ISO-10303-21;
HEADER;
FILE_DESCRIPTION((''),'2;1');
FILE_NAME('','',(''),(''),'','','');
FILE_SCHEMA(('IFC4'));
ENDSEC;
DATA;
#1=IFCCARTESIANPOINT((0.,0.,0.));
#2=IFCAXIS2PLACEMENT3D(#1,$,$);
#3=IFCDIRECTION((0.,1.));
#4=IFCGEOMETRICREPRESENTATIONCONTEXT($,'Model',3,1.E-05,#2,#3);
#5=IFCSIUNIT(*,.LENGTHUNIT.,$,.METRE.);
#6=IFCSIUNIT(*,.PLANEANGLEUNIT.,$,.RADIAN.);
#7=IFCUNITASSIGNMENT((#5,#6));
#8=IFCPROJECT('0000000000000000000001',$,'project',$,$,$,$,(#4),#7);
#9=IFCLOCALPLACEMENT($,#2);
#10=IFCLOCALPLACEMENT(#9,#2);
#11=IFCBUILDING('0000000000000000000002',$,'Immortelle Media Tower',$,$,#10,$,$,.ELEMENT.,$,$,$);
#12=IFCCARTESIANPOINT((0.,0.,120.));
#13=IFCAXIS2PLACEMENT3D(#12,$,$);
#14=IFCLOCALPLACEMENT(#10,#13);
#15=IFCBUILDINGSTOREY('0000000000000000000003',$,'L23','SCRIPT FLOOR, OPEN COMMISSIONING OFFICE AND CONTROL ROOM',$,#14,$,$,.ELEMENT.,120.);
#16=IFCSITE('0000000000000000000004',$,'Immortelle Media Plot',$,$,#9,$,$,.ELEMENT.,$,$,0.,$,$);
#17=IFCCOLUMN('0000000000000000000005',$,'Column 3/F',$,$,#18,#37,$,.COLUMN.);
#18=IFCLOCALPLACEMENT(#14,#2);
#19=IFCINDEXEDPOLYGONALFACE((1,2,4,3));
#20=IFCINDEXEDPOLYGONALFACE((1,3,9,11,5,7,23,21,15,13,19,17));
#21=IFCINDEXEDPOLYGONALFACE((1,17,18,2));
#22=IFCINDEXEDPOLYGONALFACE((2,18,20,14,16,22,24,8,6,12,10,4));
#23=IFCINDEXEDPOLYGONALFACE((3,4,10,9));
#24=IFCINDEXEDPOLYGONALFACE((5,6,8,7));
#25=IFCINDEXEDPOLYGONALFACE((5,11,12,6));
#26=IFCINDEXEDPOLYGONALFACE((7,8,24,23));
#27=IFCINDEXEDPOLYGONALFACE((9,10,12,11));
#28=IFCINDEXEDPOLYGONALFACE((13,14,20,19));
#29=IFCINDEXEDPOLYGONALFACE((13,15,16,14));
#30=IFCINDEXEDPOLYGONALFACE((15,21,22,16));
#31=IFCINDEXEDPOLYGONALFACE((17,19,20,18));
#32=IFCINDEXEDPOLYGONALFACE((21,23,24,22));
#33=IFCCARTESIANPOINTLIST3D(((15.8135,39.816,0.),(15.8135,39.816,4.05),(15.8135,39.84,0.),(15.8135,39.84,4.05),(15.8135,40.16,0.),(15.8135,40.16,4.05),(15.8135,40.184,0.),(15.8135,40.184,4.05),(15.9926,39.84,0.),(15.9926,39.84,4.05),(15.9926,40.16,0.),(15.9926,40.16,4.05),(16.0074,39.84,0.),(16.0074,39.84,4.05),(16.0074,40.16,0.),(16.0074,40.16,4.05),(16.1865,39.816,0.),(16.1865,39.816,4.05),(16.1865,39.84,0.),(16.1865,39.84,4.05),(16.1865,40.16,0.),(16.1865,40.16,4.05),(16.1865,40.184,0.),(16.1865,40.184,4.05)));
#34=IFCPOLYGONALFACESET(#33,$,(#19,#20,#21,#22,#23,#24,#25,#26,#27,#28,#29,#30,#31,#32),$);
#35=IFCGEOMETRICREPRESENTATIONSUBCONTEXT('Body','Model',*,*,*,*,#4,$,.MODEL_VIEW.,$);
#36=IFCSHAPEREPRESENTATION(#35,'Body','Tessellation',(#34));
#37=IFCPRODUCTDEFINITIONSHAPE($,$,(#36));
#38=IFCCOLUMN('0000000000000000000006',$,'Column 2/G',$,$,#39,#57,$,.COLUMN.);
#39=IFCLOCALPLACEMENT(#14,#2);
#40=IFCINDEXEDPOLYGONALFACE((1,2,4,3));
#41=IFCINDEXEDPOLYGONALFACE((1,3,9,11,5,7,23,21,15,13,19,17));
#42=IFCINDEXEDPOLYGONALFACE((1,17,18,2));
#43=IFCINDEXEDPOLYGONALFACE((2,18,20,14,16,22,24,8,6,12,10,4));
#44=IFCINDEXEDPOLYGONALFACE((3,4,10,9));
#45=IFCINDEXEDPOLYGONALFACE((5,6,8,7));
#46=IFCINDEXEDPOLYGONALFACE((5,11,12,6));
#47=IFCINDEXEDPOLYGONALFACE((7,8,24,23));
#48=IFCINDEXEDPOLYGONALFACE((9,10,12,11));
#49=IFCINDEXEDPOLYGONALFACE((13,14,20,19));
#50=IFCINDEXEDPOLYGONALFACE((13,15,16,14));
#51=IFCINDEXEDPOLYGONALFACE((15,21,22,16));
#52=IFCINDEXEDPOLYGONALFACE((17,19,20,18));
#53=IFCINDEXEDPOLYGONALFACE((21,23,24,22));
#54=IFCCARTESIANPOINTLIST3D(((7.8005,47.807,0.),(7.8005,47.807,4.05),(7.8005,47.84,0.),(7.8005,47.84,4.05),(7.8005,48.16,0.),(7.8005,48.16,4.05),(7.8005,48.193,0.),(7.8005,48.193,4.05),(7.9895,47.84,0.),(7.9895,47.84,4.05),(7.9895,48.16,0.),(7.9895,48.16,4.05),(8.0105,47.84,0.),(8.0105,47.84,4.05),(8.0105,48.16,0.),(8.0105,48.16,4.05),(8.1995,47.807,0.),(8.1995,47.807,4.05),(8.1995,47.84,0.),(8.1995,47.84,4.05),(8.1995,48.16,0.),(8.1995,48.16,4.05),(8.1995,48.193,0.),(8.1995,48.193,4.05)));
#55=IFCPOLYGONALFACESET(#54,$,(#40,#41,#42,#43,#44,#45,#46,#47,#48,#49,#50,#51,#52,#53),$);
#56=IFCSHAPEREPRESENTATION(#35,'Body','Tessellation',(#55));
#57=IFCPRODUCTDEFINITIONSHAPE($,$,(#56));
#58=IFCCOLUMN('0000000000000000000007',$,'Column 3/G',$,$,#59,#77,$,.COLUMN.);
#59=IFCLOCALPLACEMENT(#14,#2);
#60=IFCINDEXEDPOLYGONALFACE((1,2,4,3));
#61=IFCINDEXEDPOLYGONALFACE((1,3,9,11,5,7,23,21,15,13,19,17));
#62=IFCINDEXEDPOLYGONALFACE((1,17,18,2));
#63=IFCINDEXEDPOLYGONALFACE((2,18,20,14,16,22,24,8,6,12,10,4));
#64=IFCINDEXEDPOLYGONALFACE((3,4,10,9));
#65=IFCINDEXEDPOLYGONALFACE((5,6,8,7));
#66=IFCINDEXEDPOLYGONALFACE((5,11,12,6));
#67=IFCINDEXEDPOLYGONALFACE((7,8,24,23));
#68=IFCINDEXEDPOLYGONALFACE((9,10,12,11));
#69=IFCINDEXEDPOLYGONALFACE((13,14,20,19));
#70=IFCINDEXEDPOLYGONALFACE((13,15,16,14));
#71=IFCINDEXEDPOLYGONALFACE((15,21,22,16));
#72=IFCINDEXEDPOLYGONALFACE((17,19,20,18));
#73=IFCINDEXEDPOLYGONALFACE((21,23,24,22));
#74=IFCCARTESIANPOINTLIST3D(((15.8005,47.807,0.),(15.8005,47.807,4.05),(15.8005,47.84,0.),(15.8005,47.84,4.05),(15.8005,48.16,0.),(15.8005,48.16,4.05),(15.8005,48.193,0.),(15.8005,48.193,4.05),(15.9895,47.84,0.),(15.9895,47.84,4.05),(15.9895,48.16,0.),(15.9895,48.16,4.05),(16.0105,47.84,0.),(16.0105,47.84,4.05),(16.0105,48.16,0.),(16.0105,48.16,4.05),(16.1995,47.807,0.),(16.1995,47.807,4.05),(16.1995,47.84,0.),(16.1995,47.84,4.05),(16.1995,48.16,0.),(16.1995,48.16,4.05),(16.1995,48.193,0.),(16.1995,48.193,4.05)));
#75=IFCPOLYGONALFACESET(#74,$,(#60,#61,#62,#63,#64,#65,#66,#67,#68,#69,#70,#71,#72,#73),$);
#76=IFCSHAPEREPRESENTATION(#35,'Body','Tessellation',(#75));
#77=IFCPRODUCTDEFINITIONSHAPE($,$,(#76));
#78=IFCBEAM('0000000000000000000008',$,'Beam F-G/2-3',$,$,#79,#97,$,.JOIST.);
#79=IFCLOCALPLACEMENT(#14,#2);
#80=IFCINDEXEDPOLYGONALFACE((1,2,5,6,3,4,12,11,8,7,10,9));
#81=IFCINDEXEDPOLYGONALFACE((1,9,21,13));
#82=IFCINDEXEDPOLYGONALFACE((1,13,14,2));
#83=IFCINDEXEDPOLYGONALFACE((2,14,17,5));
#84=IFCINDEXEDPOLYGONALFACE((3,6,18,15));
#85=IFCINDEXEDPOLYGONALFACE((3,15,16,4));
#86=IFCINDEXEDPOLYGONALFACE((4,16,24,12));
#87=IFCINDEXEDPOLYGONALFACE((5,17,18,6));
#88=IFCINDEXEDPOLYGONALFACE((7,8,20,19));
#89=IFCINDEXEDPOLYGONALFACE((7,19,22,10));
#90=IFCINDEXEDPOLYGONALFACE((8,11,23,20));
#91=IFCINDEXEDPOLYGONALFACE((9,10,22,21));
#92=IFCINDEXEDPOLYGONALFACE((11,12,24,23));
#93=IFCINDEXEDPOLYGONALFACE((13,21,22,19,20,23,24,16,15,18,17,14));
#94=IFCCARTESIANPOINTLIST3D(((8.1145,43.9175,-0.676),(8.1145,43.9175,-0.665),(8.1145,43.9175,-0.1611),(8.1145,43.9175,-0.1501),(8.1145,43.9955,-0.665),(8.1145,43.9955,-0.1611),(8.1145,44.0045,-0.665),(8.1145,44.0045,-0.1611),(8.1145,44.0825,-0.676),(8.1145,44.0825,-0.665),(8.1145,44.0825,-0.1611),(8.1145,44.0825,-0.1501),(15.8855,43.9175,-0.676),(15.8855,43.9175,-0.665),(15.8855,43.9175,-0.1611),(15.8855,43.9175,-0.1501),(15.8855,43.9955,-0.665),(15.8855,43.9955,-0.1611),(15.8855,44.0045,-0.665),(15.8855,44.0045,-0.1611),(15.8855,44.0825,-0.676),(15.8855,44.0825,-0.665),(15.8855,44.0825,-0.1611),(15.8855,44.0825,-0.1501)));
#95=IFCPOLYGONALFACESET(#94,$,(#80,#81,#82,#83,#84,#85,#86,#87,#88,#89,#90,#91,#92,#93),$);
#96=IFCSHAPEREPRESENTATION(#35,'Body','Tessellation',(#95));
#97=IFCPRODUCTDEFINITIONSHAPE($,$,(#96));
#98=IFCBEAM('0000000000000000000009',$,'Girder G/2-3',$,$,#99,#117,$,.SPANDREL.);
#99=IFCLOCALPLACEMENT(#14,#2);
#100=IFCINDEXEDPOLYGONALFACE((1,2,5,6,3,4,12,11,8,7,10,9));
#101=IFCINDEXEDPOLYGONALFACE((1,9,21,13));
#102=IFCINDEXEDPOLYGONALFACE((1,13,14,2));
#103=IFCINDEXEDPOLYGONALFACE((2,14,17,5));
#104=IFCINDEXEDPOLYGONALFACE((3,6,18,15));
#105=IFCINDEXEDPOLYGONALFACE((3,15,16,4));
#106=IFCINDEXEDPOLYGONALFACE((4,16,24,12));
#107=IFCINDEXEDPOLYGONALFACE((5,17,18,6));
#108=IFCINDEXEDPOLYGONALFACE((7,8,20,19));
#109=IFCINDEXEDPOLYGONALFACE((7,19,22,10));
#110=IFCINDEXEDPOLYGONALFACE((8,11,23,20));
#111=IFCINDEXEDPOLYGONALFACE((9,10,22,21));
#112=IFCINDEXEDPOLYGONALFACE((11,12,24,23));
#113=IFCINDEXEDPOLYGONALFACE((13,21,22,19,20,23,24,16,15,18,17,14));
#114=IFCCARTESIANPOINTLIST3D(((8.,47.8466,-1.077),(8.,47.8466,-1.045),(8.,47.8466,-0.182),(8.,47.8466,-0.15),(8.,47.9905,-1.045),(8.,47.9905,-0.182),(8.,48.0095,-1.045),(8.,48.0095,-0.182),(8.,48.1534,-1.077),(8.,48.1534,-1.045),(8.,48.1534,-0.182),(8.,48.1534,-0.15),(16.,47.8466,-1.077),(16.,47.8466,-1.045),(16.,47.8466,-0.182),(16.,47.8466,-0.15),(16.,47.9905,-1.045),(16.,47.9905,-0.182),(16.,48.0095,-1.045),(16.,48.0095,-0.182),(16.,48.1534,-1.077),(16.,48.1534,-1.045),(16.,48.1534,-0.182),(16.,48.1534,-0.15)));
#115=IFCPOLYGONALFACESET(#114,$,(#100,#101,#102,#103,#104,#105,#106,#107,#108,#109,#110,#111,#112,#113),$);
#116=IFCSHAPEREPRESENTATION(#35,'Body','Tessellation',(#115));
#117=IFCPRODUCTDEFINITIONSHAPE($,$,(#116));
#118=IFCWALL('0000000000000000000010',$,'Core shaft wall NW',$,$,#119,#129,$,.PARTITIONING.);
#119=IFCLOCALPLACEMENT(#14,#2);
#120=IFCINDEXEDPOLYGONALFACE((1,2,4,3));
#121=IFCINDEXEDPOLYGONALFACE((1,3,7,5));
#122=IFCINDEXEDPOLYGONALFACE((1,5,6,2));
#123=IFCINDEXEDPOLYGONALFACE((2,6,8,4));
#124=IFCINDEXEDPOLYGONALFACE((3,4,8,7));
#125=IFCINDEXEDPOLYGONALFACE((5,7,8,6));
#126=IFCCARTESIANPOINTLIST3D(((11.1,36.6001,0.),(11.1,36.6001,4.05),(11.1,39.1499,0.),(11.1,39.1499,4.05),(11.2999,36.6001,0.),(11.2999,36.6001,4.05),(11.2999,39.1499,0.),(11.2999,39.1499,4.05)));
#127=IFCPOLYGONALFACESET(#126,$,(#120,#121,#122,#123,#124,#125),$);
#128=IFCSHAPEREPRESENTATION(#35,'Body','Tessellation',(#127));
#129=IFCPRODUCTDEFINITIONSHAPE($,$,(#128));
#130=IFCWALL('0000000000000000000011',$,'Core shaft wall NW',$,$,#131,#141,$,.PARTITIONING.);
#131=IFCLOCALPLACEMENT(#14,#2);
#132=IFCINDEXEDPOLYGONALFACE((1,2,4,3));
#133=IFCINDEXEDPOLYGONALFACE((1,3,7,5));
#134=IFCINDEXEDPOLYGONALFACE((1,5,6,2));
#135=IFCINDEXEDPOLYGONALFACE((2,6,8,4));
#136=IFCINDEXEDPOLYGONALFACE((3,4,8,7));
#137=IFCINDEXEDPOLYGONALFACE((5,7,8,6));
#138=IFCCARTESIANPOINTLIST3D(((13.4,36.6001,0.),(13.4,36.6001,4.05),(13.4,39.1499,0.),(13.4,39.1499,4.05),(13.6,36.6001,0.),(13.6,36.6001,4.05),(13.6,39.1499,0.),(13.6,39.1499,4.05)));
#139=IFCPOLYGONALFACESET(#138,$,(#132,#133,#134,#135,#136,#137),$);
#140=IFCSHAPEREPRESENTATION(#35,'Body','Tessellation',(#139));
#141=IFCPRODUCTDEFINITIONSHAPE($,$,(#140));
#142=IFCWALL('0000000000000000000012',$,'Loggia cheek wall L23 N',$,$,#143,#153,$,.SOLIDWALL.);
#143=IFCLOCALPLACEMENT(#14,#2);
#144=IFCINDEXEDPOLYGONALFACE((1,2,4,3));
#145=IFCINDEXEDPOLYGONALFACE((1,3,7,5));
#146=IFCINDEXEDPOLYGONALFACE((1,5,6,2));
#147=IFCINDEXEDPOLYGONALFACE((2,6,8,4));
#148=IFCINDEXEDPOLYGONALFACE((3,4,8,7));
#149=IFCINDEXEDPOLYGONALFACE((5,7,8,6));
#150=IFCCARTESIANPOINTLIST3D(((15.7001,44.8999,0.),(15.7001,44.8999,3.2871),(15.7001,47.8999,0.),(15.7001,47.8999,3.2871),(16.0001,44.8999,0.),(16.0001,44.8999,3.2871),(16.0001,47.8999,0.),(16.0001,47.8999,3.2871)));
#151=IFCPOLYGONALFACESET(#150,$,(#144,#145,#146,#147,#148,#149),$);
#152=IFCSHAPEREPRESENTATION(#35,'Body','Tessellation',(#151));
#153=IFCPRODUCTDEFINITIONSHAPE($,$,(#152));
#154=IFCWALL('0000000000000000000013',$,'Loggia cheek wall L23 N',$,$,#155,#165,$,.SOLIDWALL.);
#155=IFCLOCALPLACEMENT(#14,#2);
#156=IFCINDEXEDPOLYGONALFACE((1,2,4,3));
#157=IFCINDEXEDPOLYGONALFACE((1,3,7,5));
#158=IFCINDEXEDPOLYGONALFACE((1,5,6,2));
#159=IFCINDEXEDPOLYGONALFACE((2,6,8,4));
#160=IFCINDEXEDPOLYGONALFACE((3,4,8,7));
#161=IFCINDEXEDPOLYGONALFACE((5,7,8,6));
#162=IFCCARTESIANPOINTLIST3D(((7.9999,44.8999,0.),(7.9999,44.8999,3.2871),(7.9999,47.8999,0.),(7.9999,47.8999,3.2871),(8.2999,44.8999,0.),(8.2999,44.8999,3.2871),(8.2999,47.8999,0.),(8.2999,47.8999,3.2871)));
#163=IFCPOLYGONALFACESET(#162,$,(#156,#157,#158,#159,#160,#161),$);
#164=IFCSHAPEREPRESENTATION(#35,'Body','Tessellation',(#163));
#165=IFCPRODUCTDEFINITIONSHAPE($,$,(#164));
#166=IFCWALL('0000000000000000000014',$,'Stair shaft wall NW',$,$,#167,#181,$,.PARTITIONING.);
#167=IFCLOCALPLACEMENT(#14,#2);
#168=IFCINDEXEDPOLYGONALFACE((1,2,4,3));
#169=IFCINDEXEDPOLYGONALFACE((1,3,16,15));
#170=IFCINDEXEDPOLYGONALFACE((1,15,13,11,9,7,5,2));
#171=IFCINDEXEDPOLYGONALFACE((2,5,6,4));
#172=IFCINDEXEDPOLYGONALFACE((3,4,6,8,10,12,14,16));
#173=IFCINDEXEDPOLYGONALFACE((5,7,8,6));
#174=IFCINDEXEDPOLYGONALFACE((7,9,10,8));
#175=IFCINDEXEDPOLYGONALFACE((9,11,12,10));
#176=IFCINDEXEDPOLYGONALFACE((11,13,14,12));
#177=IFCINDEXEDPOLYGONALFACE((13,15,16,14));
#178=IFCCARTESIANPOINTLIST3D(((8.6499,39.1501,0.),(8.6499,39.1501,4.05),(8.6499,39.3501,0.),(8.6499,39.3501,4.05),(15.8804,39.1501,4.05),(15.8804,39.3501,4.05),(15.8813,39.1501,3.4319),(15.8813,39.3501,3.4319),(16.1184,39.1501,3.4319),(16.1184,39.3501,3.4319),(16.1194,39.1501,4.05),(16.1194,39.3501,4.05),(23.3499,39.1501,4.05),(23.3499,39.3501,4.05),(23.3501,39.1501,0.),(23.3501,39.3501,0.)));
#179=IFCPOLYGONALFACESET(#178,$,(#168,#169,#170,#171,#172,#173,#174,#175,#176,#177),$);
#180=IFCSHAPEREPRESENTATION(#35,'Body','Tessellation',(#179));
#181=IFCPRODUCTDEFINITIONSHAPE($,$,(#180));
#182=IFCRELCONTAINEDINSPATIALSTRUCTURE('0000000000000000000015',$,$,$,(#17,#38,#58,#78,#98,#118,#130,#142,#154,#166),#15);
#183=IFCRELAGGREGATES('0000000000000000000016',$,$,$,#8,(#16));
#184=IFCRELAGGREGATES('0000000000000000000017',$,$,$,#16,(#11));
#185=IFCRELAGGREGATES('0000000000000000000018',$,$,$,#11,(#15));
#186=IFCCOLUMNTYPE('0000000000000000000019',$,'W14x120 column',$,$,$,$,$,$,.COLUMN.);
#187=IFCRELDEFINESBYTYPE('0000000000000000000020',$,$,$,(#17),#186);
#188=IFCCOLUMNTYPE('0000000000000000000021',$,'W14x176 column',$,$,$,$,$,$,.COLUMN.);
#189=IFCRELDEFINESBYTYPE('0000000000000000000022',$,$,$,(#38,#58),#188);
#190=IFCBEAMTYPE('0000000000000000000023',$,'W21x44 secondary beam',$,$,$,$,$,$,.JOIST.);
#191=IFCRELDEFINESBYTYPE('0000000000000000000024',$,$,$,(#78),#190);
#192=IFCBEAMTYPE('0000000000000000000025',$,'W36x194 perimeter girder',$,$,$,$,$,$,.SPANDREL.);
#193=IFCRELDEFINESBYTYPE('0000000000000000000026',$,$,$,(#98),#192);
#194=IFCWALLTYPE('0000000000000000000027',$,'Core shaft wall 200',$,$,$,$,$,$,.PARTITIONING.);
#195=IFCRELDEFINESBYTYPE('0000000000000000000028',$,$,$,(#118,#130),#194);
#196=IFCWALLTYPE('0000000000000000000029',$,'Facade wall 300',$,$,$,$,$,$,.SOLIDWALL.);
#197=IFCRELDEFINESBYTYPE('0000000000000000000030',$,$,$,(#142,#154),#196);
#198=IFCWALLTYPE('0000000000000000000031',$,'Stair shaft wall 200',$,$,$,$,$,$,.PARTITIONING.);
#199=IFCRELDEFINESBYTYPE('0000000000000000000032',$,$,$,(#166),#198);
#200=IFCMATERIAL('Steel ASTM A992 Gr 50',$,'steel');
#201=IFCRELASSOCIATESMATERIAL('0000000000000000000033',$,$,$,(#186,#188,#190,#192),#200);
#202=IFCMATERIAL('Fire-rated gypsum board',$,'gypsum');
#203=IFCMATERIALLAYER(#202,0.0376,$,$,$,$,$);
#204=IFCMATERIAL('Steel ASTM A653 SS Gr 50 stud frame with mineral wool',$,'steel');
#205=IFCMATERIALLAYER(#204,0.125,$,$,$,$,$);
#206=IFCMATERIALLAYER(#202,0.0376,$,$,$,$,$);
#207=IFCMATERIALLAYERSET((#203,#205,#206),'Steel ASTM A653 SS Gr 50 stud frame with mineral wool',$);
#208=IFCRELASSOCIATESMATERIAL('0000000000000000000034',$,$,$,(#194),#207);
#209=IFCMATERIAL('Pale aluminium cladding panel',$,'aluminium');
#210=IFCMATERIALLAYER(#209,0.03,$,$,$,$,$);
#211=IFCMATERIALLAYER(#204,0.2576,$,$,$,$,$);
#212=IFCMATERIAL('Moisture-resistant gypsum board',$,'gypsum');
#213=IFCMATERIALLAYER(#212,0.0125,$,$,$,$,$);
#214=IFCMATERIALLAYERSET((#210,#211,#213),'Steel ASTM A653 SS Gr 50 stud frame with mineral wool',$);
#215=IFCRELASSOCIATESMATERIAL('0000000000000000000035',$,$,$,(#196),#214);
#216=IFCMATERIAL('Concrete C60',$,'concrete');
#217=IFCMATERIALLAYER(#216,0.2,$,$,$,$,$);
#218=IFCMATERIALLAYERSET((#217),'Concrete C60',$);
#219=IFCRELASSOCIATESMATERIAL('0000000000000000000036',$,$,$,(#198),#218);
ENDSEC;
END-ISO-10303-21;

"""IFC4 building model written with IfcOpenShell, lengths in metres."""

from ifc_helpers import new_model, si_unit, direction, frame, frame_2d, origin, origin_2d, place, context, subcontext, project, spatial, polyline, rectangle, i_section, outline, extrude, material, layer, layer_set, material_profile, profile_set, type_object, element, save


model = new_model("IFC4")

# Units and contexts
model_context = context("Model", 3, precision=1e-05, world=origin(), true_north=direction((0.0, 1.0)))
body_context = subcontext(model_context, "Body", "Model", "MODEL_VIEW")
ifc_project = project(units=[si_unit("LENGTHUNIT", "METRE"), si_unit("PLANEANGLEUNIT", "RADIAN")], contexts=[model_context])

# Site, building, storey
site_placement = place(None, origin())
site = spatial("IfcSite", under=ifc_project, at=site_placement, Name="Immortelle Media Plot", CompositionType="ELEMENT", RefElevation=0.0)
building_placement = place(site_placement, origin())
building = spatial("IfcBuilding", under=site, at=building_placement, Name="Immortelle Media Tower", CompositionType="ELEMENT")
storey_placement = place(building_placement, frame((0.0, 0.0, 120.0)))
storey = spatial("IfcBuildingStorey", under=building, at=storey_placement, Name="L23", Description="SCRIPT FLOOR, OPEN COMMISSIONING OFFICE AND CONTROL ROOM", CompositionType="ELEMENT", Elevation=120.0)

# Columns
ifc_material_1 = material(Name="Steel ASTM A992 Gr 50", Category="steel")
ifc_material_profile_1 = material_profile(ifc_material_1, i_section(OverallWidth=0.373, OverallDepth=0.3679, WebThickness=0.0149, FlangeThickness=0.0239, at=origin_2d()), Name="W14x120")
ifc_profile_set_1 = profile_set([ifc_material_profile_1], Name="Steel ASTM A992 Gr 50")
column_type_1 = type_object("IfcColumnType", Name="W14x120 column", PredefinedType="COLUMN", material=ifc_profile_set_1)
column_placement = place(storey_placement, frame((16.0, 40.0, 0.0), z_axis=(0.0, 0.0, 1.0), x_axis=(1.0, 0.0, 0.0)))
element("IfcColumn", 1, at=column_placement, inside=storey, type_object=column_type_1, Name="Column 3/F", PredefinedType="COLUMN", context=body_context, shape_type="SweptSolid", body=[
    extrude(i_section(OverallWidth=0.373, OverallDepth=0.3679, WebThickness=0.0149, FlangeThickness=0.0239, at=origin_2d()), origin(), (0.0, 0.0, 1.0), 4.05),
])
ifc_material_profile_2 = material_profile(ifc_material_1, i_section(OverallWidth=0.3989, OverallDepth=0.386, WebThickness=0.021, FlangeThickness=0.033, at=origin_2d()), Name="W14x176")
ifc_profile_set_2 = profile_set([ifc_material_profile_2], Name="Steel ASTM A992 Gr 50")
column_type_2 = type_object("IfcColumnType", Name="W14x176 column", PredefinedType="COLUMN", material=ifc_profile_set_2)
for number, where, z_axis, x_axis, name in (
    (2, (8.0, 48.0, 0.0), (0.0, 0.0, 1.0), (1.0, 0.0, 0.0), "Column 2/G"),
    (3, (16.0, 48.0, 0.0), (0.0, 0.0, 1.0), (1.0, 0.0, 0.0), "Column 3/G"),
):
    element("IfcColumn", number, at=place(storey_placement, frame(where, z_axis=z_axis, x_axis=x_axis)), inside=storey, type_object=column_type_2, Name=name, PredefinedType="COLUMN", context=body_context, shape_type="SweptSolid", body=[
        extrude(i_section(OverallWidth=0.3989, OverallDepth=0.386, WebThickness=0.021, FlangeThickness=0.033, at=origin_2d()), origin(), (0.0, 0.0, 1.0), 4.05),
    ])

# Beams
ifc_material_profile_3 = material_profile(ifc_material_1, i_section(OverallWidth=0.165, OverallDepth=0.5259, WebThickness=0.009, FlangeThickness=0.011, at=origin_2d()), Name="W21x44")
ifc_profile_set_3 = profile_set([ifc_material_profile_3], Name="Steel ASTM A992 Gr 50")
beam_type_1 = type_object("IfcBeamType", Name="W21x44 secondary beam", PredefinedType="JOIST", material=ifc_profile_set_3)
beam_1_placement = place(storey_placement, frame((8.1145, 44.0, -0.4131), z_axis=(1.0, 0.0, 0.0), x_axis=(0.0, 1.0, 0.0)))
element("IfcBeam", 4, at=beam_1_placement, inside=storey, type_object=beam_type_1, Name="Beam F-G/2-3", PredefinedType="JOIST", context=body_context, shape_type="SweptSolid", body=[
    extrude(i_section(OverallWidth=0.165, OverallDepth=0.5259, WebThickness=0.009, FlangeThickness=0.011, at=origin_2d()), origin(), (0.0, 0.0, 1.0), 7.771),
])
ifc_material_profile_4 = material_profile(ifc_material_1, i_section(OverallWidth=0.3069, OverallDepth=0.927, WebThickness=0.019, FlangeThickness=0.032, at=origin_2d()), Name="W36x194")
ifc_profile_set_4 = profile_set([ifc_material_profile_4], Name="Steel ASTM A992 Gr 50")
beam_type_2 = type_object("IfcBeamType", Name="W36x194 perimeter girder", PredefinedType="SPANDREL", material=ifc_profile_set_4)
beam_2_placement = place(storey_placement, frame((8.0, 48.0, -0.6135), z_axis=(1.0, 0.0, 0.0), x_axis=(0.0, 1.0, 0.0)))
element("IfcBeam", 5, at=beam_2_placement, inside=storey, type_object=beam_type_2, Name="Girder G/2-3", PredefinedType="SPANDREL", context=body_context, shape_type="SweptSolid", body=[
    extrude(i_section(OverallWidth=0.3069, OverallDepth=0.927, WebThickness=0.019, FlangeThickness=0.032, at=origin_2d()), origin(), (0.0, 0.0, 1.0), 8.0),
])

# Walls
ifc_material_2 = material(Name="Fire-rated gypsum board", Category="gypsum")
ifc_layer_1 = layer(ifc_material_2, 0.0376)
ifc_material_3 = material(Name="Steel ASTM A653 SS Gr 50 stud frame with mineral wool", Category="steel")
ifc_layer_2 = layer(ifc_material_3, 0.125)
ifc_layer_3 = layer(ifc_material_2, 0.0376)
ifc_layer_set_1 = layer_set([ifc_layer_1, ifc_layer_2, ifc_layer_3], Name="Steel ASTM A653 SS Gr 50 stud frame with mineral wool")
wall_type_1 = type_object("IfcWallType", Name="Core shaft wall 200", PredefinedType="PARTITIONING", material=ifc_layer_set_1)
for number, where, z_axis, x_axis, name in (
    (6, (11.2, 36.6001, 0.0), (0.0, 0.0, 1.0), (0.0, 1.0, 0.0), "Core shaft wall NW"),
    (7, (13.5, 36.6001, 0.0), (0.0, 0.0, 1.0), (0.0, 1.0, 0.0), "Core shaft wall NW"),
):
    element("IfcWall", number, at=place(storey_placement, frame(where, z_axis=z_axis, x_axis=x_axis)), inside=storey, type_object=wall_type_1, Name=name, PredefinedType="PARTITIONING", context=body_context, shape_type="SweptSolid", body=[
        extrude(rectangle(XDim=2.5498, YDim=0.2, at=frame_2d((1.2749, 0.0))), origin(), (0.0, 0.0, 1.0), 4.05),
    ])

# Shared definitions
ifc_material_4 = material(Name="Pale aluminium cladding panel", Category="aluminium")
ifc_layer_4 = layer(ifc_material_4, 0.03)
ifc_layer_5 = layer(ifc_material_3, 0.2576)
ifc_material_5 = material(Name="Moisture-resistant gypsum board", Category="gypsum")
ifc_layer_6 = layer(ifc_material_5, 0.0125)
ifc_layer_set_2 = layer_set([ifc_layer_4, ifc_layer_5, ifc_layer_6], Name="Steel ASTM A653 SS Gr 50 stud frame with mineral wool")
wall_type_2 = type_object("IfcWallType", Name="Facade wall 300", PredefinedType="SOLIDWALL", material=ifc_layer_set_2)

# Walls
for number, where, z_axis, x_axis, name in (
    (8, (15.8501, 47.8999, 0.0), (0.0, 0.0, 1.0), (0.0, -1.0, 0.0), "Loggia cheek wall L23 N"),
    (9, (8.1499, 47.8999, 0.0), (0.0, 0.0, 1.0), (0.0, -1.0, 0.0), "Loggia cheek wall L23 N"),
):
    element("IfcWall", number, at=place(storey_placement, frame(where, z_axis=z_axis, x_axis=x_axis)), inside=storey, type_object=wall_type_2, Name=name, PredefinedType="SOLIDWALL", context=body_context, shape_type="SweptSolid", body=[
        extrude(rectangle(XDim=3.0, YDim=0.3, at=frame_2d((1.5, 0.0))), origin(), (0.0, 0.0, 1.0), 3.2871),
    ])
ifc_material_6 = material(Name="Concrete C60", Category="concrete")
ifc_layer_7 = layer(ifc_material_6, 0.2)
ifc_layer_set_3 = layer_set([ifc_layer_7], Name="Concrete C60")
wall_type_3 = type_object("IfcWallType", Name="Stair shaft wall 200", PredefinedType="PARTITIONING", material=ifc_layer_set_3)
wall_1_placement = place(storey_placement, frame((8.6499, 39.25, 0.0), z_axis=(0.0, 0.0, 1.0), x_axis=(1.0, 0.0, 0.0)))
element("IfcWall", 10, at=wall_1_placement, inside=storey, type_object=wall_type_3, Name="Stair shaft wall NW", PredefinedType="PARTITIONING", context=body_context, shape_type="SweptSolid", body=[
    extrude(outline(polyline([(0.0, 0.0), (14.7002, 0.0), (14.7, 4.05), (7.4695, 4.05), (7.4685, 3.4319), (7.2314, 3.4319), (7.2305, 4.05), (0.0, 4.05), (0.0, 0.0)])), frame((0.0, 0.1001, 0.0), z_axis=(0.0, -1.0, 0.0), x_axis=(1.0, 0.0, 0.0)), (0.0, 0.0, 1.0), 0.2),
])

save(model, "model.ifc")
